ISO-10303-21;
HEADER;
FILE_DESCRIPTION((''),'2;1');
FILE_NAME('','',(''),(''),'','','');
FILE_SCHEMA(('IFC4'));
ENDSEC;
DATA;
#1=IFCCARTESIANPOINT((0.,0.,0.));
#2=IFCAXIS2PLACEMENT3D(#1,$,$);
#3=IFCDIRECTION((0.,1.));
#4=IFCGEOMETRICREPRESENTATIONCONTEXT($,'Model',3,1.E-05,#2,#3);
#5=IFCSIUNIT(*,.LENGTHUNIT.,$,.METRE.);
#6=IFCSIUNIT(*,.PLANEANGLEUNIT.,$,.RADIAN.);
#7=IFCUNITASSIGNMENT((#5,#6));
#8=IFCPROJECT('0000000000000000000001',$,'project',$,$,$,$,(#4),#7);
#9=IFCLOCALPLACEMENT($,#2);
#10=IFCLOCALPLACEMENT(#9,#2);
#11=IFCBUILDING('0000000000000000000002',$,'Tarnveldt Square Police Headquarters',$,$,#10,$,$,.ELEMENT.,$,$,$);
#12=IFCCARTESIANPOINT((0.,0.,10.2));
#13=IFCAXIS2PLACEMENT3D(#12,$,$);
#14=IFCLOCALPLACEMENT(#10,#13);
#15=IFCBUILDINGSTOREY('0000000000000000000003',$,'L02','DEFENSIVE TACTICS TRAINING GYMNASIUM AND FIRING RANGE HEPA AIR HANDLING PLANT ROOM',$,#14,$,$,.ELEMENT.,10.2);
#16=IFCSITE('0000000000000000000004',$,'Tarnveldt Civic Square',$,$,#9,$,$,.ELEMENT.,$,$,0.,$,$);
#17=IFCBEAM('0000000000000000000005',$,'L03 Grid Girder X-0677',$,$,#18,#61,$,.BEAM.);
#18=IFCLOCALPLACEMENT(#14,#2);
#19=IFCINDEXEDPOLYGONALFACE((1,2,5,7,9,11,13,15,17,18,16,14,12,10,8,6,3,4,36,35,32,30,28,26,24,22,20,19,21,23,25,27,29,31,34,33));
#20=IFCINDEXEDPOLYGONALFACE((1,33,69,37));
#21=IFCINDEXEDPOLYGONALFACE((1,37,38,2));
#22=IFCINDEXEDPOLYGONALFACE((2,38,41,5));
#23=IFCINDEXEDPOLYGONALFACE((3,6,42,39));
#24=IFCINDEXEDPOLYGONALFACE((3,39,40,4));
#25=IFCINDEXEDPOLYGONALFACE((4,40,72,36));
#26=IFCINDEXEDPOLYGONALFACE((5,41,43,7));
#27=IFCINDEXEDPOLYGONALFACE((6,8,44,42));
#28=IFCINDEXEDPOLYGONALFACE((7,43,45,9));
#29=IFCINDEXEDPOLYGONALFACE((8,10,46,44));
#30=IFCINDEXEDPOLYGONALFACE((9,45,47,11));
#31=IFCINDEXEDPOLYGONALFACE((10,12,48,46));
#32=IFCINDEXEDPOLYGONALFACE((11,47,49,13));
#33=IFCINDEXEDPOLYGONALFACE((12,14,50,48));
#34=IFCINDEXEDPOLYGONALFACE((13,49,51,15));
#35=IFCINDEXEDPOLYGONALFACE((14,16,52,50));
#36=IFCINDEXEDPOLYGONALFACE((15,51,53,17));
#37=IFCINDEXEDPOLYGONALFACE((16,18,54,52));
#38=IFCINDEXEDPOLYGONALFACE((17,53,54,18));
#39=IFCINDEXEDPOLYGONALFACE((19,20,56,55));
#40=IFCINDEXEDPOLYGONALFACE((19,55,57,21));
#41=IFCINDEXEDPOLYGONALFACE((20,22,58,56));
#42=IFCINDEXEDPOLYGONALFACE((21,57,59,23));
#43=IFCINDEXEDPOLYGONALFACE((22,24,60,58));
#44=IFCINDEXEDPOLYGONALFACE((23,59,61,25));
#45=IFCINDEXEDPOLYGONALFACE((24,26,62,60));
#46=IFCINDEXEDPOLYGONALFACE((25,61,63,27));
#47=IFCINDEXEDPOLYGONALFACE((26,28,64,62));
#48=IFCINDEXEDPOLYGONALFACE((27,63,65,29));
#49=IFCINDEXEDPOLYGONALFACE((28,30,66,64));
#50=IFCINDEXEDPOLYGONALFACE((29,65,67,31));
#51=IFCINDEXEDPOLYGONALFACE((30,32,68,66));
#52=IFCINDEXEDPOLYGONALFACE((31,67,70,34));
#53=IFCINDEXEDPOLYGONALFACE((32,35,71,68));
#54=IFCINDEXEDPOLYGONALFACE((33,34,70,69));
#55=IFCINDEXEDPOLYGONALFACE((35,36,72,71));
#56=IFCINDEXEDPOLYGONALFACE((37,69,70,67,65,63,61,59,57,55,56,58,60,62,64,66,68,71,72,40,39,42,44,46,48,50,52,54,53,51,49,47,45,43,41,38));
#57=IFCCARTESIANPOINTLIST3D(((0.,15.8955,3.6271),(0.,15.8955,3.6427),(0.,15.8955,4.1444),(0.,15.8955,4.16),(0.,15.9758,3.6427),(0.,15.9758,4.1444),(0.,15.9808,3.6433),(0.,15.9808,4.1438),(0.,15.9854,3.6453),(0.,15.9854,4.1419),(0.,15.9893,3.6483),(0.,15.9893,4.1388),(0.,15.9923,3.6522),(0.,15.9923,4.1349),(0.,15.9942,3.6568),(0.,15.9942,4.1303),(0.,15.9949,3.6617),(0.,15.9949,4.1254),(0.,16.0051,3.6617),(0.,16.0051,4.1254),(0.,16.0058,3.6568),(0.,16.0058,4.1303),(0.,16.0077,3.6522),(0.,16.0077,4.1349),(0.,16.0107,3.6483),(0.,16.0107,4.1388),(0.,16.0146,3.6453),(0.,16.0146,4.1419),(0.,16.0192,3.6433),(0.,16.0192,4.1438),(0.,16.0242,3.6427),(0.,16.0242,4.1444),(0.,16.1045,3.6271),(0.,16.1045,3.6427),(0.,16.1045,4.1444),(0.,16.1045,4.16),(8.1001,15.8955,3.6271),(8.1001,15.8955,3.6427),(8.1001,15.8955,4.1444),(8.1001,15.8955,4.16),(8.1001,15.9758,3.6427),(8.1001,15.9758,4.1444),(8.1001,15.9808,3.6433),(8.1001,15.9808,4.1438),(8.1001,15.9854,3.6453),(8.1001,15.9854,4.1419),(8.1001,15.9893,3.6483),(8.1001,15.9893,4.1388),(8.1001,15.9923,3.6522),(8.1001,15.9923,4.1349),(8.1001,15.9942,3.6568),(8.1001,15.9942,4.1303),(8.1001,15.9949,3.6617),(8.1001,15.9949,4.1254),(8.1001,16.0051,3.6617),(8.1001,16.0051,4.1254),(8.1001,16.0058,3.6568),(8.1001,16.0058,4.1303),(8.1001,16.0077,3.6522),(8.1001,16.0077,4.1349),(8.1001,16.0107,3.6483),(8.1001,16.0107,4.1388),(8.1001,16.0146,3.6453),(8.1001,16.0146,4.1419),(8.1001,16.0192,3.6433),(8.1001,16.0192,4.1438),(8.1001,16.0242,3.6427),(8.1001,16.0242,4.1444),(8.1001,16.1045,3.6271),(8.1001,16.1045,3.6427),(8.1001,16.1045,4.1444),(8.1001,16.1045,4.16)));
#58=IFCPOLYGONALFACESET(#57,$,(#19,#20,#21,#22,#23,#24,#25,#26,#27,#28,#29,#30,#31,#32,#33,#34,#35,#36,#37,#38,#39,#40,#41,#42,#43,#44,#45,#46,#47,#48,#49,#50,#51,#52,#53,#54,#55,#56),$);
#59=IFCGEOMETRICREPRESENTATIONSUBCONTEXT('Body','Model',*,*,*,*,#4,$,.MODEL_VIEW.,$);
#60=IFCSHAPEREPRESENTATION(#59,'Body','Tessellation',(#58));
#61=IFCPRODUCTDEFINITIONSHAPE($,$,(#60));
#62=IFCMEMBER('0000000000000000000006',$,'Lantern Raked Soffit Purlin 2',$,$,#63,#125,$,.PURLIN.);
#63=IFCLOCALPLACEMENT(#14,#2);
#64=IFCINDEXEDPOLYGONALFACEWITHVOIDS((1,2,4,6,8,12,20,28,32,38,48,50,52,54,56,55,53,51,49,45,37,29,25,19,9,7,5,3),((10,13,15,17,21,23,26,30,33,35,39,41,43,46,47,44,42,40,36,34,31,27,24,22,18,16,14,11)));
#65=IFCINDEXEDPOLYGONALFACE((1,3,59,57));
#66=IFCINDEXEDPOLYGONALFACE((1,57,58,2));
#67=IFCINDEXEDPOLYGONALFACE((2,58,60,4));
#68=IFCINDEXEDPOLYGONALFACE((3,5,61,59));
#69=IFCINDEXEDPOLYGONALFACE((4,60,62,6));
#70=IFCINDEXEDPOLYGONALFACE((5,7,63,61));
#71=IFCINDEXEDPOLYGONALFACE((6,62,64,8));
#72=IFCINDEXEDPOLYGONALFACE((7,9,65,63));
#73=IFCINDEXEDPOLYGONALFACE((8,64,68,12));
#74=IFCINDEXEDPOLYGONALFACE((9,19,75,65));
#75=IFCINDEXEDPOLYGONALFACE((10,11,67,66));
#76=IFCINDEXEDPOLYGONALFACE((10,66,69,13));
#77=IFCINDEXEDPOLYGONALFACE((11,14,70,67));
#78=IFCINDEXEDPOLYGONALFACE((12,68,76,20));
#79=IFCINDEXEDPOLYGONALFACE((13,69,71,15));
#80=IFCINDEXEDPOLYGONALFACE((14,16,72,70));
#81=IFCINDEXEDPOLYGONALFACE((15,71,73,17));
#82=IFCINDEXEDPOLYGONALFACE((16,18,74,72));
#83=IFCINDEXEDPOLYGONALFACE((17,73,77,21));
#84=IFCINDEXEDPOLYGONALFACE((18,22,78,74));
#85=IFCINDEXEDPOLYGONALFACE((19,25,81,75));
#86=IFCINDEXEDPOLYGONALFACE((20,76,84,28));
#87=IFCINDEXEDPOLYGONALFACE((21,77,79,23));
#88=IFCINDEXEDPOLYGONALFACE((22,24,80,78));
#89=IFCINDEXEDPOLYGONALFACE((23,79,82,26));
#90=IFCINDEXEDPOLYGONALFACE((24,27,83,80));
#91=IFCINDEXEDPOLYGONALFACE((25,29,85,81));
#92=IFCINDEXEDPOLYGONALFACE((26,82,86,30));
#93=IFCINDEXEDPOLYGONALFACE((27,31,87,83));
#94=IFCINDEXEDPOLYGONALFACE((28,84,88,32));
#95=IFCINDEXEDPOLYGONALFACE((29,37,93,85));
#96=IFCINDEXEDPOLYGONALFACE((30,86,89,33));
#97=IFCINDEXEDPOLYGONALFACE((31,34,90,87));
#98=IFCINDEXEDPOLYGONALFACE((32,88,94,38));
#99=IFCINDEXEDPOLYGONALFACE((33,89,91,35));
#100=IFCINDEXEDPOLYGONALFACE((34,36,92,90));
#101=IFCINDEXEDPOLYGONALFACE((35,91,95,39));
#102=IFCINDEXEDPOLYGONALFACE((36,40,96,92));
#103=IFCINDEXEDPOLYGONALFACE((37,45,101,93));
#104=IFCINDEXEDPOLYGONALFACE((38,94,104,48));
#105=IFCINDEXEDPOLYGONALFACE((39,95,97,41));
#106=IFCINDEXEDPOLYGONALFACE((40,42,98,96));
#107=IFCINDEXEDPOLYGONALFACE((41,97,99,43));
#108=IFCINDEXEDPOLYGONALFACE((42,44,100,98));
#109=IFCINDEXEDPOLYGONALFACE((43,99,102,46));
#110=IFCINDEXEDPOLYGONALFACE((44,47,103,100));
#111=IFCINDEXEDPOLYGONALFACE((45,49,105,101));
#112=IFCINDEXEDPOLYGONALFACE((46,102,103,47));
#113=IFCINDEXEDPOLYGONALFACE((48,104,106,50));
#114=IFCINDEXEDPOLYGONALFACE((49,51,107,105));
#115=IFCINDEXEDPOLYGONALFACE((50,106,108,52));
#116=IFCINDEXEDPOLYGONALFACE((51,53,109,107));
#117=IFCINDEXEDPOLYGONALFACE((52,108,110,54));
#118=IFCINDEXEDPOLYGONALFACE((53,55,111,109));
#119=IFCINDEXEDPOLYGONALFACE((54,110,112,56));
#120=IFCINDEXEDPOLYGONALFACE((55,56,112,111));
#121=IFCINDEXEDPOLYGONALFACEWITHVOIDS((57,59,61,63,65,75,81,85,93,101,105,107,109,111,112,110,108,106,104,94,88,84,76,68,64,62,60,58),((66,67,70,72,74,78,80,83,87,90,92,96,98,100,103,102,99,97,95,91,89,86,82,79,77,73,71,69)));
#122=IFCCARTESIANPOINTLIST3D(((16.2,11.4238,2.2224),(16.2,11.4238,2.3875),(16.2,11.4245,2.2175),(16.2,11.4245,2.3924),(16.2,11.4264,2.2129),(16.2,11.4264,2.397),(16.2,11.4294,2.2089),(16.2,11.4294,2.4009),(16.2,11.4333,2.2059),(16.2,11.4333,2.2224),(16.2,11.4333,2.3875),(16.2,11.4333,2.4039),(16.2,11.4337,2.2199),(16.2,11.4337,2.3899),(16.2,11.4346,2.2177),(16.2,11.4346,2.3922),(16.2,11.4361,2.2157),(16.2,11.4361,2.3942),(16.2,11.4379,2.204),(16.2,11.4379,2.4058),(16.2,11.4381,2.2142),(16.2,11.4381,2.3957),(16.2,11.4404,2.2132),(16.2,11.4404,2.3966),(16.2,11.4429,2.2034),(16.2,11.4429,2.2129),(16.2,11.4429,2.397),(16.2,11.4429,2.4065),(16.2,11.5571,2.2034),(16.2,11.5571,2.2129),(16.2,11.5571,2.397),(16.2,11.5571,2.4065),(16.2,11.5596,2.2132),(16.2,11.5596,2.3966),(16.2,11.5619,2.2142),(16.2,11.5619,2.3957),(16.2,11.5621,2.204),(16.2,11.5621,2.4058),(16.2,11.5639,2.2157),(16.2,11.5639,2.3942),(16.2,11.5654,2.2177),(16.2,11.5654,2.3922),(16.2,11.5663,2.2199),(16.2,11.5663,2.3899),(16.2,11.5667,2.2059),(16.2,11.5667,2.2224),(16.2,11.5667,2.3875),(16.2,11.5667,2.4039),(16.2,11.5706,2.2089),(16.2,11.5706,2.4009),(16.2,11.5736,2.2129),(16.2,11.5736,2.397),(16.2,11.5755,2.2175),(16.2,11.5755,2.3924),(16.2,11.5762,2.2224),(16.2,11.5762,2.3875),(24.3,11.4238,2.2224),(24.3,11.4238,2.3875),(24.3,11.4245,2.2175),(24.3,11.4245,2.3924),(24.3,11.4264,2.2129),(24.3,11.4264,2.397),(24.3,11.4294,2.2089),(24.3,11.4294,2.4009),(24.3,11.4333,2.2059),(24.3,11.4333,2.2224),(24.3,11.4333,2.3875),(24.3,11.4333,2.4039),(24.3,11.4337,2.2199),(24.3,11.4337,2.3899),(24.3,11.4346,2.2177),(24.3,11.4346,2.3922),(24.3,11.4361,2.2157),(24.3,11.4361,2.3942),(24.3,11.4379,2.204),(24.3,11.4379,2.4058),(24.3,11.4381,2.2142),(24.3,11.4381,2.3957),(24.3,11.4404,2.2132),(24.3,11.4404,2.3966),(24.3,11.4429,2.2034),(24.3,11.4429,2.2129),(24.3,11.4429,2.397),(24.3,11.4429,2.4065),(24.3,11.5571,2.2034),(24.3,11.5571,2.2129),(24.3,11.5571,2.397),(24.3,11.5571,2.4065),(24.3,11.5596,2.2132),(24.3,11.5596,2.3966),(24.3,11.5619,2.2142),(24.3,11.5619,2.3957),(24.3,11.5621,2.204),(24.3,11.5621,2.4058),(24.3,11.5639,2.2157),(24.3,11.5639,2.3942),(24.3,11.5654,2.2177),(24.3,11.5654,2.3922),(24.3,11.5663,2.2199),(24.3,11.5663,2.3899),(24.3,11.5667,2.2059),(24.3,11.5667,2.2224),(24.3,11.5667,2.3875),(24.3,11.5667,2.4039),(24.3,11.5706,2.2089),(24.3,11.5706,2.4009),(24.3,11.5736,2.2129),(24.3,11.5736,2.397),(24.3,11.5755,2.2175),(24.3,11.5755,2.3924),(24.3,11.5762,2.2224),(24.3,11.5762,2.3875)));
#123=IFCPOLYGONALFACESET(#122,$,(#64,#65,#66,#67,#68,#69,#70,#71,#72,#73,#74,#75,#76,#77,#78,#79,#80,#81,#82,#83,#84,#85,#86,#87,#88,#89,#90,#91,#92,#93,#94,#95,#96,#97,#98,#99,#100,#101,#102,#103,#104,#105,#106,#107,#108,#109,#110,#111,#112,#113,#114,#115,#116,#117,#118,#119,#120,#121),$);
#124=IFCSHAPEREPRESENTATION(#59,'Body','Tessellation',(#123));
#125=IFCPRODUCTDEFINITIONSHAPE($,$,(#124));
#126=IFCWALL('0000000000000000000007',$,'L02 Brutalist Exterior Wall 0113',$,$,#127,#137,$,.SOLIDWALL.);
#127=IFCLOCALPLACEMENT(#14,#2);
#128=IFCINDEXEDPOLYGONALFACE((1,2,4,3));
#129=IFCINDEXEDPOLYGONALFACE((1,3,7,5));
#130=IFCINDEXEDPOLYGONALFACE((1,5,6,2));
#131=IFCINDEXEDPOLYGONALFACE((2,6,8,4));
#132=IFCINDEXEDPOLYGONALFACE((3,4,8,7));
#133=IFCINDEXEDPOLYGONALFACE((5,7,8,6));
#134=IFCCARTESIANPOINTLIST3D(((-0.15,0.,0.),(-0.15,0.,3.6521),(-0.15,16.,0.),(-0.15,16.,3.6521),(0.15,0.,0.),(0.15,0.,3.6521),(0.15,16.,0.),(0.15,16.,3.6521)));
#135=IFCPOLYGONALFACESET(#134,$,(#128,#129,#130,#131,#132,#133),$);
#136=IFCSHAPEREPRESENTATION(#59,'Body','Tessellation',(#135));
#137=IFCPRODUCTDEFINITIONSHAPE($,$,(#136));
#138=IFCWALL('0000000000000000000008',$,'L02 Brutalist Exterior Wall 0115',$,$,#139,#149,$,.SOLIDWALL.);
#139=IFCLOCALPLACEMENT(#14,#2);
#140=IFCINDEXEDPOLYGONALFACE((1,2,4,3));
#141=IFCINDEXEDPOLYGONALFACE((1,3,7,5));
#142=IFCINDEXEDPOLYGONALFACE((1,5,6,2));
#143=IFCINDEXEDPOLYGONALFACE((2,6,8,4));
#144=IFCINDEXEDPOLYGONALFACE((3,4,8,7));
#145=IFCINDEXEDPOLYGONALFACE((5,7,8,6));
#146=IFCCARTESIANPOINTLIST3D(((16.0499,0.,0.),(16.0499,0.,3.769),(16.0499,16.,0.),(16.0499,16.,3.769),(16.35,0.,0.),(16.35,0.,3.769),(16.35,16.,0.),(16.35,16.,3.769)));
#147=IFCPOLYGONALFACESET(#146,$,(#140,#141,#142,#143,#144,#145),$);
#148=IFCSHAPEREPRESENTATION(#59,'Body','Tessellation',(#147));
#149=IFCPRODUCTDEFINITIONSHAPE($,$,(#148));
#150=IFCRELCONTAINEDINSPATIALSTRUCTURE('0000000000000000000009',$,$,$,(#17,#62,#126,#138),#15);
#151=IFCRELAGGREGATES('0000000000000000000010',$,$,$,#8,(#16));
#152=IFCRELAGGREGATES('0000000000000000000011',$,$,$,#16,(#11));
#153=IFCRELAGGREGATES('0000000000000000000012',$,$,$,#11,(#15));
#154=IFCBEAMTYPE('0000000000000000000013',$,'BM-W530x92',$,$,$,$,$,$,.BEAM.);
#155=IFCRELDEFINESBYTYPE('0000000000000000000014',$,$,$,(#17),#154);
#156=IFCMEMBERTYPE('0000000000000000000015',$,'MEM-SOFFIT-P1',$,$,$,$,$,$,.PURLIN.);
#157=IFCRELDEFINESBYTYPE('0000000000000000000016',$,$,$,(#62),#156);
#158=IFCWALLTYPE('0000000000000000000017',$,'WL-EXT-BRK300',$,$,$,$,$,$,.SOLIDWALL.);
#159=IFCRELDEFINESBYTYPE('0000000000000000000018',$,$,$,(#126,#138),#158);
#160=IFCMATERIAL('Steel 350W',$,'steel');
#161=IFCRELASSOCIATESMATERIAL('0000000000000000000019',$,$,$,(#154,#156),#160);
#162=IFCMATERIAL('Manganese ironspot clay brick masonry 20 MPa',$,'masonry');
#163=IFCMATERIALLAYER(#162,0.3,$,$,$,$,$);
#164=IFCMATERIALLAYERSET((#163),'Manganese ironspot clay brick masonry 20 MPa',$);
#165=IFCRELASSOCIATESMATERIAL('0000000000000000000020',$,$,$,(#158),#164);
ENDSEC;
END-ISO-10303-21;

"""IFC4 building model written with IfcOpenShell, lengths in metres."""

from ifc_helpers import new_model, si_unit, direction, frame, frame_2d, origin, origin_2d, place, context, subcontext, project, spatial, rectangle, hollow_rectangle, i_section, extrude, material, layer, layer_set, material_profile, profile_set, type_object, element, save


model = new_model("IFC4")

# Units and contexts
model_context = context("Model", 3, precision=1e-05, world=origin(), true_north=direction((0.0, 1.0)))
body_context = subcontext(model_context, "Body", "Model", "MODEL_VIEW")
ifc_project = project(units=[si_unit("LENGTHUNIT", "METRE"), si_unit("PLANEANGLEUNIT", "RADIAN")], contexts=[model_context])

# Site, building, storey
site_placement = place(None, origin())
site = spatial("IfcSite", under=ifc_project, at=site_placement, Name="Tarnveldt Civic Square", CompositionType="ELEMENT", RefElevation=0.0)
building_placement = place(site_placement, origin())
building = spatial("IfcBuilding", under=site, at=building_placement, Name="Tarnveldt Square Police Headquarters", CompositionType="ELEMENT")
storey_placement = place(building_placement, frame((0.0, 0.0, 10.2)))
storey = spatial("IfcBuildingStorey", under=building, at=storey_placement, Name="L02", Description="DEFENSIVE TACTICS TRAINING GYMNASIUM AND FIRING RANGE HEPA AIR HANDLING PLANT ROOM", CompositionType="ELEMENT", Elevation=10.2)

# Beam
ifc_material_1 = material(Name="Steel 350W", Category="steel")
ifc_material_profile_1 = material_profile(ifc_material_1, i_section(OverallWidth=0.209, OverallDepth=0.533, WebThickness=0.0103, FlangeThickness=0.0156, FilletRadius=0.019, at=origin_2d()), Name="W530x92")
ifc_profile_set_1 = profile_set([ifc_material_profile_1], Name="Steel 350W")
beam_type_1 = type_object("IfcBeamType", Name="BM-W530x92", PredefinedType="BEAM", material=ifc_profile_set_1)
beam_1_placement = place(storey_placement, frame((0.0, 16.0, 3.8936), z_axis=(1.0, 0.0, 0.0), x_axis=(0.0, 1.0, 0.0)))
element("IfcBeam", 1, at=beam_1_placement, inside=storey, type_object=beam_type_1, Name="L03 Grid Girder X-0677", PredefinedType="BEAM", context=body_context, shape_type="SweptSolid", body=[
    extrude(i_section(OverallWidth=0.209, OverallDepth=0.533, WebThickness=0.0103, FlangeThickness=0.0156, FilletRadius=0.019, at=origin_2d()), origin(), (0.0, 0.0, 1.0), 8.1001),
])

# Member
ifc_material_profile_2 = material_profile(ifc_material_1, hollow_rectangle(XDim=0.1523, YDim=0.2031, WallThickness=0.0095, InnerFilletRadius=0.0095, OuterFilletRadius=0.019, at=origin_2d()), Name="HSS203x152x9.5")
ifc_profile_set_2 = profile_set([ifc_material_profile_2], Name="Steel 350W")
member_type = type_object("IfcMemberType", Name="MEM-SOFFIT-P1", PredefinedType="PURLIN", material=ifc_profile_set_2)
member_placement = place(storey_placement, frame((16.2, 11.5, 2.3049), z_axis=(1.0, 0.0, 0.0), x_axis=(0.0, 1.0, 0.0)))
element("IfcMember", 2, at=member_placement, inside=storey, type_object=member_type, Name="Lantern Raked Soffit Purlin 2", PredefinedType="PURLIN", context=body_context, shape_type="SweptSolid", body=[
    extrude(hollow_rectangle(XDim=0.1523, YDim=0.2031, WallThickness=0.0095, InnerFilletRadius=0.0095, OuterFilletRadius=0.019, at=origin_2d()), origin(), (0.0, 0.0, 1.0), 8.1001),
])

# Walls
ifc_material_2 = material(Name="Manganese ironspot clay brick masonry 20 MPa", Category="masonry")
ifc_layer_1 = layer(ifc_material_2, 0.3)
ifc_layer_set_1 = layer_set([ifc_layer_1], Name="Manganese ironspot clay brick masonry 20 MPa")
wall_type = type_object("IfcWallType", Name="WL-EXT-BRK300", PredefinedType="SOLIDWALL", material=ifc_layer_set_1)
wall_1_placement = place(storey_placement, frame((0.0, 16.0, 0.0), z_axis=(0.0, 0.0, 1.0), x_axis=(0.0, -1.0, 0.0)))
element("IfcWall", 3, at=wall_1_placement, inside=storey, type_object=wall_type, Name="L02 Brutalist Exterior Wall 0113", PredefinedType="SOLIDWALL", context=body_context, shape_type="SweptSolid", body=[
    extrude(rectangle(XDim=16.0, YDim=0.3, at=frame_2d((8.0, 0.0))), origin(), (0.0, 0.0, 1.0), 3.6521),
])
wall_2_placement = place(storey_placement, frame((16.2, 0.0, 0.0), z_axis=(0.0, 0.0, 1.0), x_axis=(0.0, 1.0, 0.0)))
element("IfcWall", 4, at=wall_2_placement, inside=storey, type_object=wall_type, Name="L02 Brutalist Exterior Wall 0115", PredefinedType="SOLIDWALL", context=body_context, shape_type="SweptSolid", body=[
    extrude(rectangle(XDim=16.0, YDim=0.3, at=frame_2d((8.0, 0.0))), origin(), (0.0, 0.0, 1.0), 3.769),
])

save(model, "model.ifc")
